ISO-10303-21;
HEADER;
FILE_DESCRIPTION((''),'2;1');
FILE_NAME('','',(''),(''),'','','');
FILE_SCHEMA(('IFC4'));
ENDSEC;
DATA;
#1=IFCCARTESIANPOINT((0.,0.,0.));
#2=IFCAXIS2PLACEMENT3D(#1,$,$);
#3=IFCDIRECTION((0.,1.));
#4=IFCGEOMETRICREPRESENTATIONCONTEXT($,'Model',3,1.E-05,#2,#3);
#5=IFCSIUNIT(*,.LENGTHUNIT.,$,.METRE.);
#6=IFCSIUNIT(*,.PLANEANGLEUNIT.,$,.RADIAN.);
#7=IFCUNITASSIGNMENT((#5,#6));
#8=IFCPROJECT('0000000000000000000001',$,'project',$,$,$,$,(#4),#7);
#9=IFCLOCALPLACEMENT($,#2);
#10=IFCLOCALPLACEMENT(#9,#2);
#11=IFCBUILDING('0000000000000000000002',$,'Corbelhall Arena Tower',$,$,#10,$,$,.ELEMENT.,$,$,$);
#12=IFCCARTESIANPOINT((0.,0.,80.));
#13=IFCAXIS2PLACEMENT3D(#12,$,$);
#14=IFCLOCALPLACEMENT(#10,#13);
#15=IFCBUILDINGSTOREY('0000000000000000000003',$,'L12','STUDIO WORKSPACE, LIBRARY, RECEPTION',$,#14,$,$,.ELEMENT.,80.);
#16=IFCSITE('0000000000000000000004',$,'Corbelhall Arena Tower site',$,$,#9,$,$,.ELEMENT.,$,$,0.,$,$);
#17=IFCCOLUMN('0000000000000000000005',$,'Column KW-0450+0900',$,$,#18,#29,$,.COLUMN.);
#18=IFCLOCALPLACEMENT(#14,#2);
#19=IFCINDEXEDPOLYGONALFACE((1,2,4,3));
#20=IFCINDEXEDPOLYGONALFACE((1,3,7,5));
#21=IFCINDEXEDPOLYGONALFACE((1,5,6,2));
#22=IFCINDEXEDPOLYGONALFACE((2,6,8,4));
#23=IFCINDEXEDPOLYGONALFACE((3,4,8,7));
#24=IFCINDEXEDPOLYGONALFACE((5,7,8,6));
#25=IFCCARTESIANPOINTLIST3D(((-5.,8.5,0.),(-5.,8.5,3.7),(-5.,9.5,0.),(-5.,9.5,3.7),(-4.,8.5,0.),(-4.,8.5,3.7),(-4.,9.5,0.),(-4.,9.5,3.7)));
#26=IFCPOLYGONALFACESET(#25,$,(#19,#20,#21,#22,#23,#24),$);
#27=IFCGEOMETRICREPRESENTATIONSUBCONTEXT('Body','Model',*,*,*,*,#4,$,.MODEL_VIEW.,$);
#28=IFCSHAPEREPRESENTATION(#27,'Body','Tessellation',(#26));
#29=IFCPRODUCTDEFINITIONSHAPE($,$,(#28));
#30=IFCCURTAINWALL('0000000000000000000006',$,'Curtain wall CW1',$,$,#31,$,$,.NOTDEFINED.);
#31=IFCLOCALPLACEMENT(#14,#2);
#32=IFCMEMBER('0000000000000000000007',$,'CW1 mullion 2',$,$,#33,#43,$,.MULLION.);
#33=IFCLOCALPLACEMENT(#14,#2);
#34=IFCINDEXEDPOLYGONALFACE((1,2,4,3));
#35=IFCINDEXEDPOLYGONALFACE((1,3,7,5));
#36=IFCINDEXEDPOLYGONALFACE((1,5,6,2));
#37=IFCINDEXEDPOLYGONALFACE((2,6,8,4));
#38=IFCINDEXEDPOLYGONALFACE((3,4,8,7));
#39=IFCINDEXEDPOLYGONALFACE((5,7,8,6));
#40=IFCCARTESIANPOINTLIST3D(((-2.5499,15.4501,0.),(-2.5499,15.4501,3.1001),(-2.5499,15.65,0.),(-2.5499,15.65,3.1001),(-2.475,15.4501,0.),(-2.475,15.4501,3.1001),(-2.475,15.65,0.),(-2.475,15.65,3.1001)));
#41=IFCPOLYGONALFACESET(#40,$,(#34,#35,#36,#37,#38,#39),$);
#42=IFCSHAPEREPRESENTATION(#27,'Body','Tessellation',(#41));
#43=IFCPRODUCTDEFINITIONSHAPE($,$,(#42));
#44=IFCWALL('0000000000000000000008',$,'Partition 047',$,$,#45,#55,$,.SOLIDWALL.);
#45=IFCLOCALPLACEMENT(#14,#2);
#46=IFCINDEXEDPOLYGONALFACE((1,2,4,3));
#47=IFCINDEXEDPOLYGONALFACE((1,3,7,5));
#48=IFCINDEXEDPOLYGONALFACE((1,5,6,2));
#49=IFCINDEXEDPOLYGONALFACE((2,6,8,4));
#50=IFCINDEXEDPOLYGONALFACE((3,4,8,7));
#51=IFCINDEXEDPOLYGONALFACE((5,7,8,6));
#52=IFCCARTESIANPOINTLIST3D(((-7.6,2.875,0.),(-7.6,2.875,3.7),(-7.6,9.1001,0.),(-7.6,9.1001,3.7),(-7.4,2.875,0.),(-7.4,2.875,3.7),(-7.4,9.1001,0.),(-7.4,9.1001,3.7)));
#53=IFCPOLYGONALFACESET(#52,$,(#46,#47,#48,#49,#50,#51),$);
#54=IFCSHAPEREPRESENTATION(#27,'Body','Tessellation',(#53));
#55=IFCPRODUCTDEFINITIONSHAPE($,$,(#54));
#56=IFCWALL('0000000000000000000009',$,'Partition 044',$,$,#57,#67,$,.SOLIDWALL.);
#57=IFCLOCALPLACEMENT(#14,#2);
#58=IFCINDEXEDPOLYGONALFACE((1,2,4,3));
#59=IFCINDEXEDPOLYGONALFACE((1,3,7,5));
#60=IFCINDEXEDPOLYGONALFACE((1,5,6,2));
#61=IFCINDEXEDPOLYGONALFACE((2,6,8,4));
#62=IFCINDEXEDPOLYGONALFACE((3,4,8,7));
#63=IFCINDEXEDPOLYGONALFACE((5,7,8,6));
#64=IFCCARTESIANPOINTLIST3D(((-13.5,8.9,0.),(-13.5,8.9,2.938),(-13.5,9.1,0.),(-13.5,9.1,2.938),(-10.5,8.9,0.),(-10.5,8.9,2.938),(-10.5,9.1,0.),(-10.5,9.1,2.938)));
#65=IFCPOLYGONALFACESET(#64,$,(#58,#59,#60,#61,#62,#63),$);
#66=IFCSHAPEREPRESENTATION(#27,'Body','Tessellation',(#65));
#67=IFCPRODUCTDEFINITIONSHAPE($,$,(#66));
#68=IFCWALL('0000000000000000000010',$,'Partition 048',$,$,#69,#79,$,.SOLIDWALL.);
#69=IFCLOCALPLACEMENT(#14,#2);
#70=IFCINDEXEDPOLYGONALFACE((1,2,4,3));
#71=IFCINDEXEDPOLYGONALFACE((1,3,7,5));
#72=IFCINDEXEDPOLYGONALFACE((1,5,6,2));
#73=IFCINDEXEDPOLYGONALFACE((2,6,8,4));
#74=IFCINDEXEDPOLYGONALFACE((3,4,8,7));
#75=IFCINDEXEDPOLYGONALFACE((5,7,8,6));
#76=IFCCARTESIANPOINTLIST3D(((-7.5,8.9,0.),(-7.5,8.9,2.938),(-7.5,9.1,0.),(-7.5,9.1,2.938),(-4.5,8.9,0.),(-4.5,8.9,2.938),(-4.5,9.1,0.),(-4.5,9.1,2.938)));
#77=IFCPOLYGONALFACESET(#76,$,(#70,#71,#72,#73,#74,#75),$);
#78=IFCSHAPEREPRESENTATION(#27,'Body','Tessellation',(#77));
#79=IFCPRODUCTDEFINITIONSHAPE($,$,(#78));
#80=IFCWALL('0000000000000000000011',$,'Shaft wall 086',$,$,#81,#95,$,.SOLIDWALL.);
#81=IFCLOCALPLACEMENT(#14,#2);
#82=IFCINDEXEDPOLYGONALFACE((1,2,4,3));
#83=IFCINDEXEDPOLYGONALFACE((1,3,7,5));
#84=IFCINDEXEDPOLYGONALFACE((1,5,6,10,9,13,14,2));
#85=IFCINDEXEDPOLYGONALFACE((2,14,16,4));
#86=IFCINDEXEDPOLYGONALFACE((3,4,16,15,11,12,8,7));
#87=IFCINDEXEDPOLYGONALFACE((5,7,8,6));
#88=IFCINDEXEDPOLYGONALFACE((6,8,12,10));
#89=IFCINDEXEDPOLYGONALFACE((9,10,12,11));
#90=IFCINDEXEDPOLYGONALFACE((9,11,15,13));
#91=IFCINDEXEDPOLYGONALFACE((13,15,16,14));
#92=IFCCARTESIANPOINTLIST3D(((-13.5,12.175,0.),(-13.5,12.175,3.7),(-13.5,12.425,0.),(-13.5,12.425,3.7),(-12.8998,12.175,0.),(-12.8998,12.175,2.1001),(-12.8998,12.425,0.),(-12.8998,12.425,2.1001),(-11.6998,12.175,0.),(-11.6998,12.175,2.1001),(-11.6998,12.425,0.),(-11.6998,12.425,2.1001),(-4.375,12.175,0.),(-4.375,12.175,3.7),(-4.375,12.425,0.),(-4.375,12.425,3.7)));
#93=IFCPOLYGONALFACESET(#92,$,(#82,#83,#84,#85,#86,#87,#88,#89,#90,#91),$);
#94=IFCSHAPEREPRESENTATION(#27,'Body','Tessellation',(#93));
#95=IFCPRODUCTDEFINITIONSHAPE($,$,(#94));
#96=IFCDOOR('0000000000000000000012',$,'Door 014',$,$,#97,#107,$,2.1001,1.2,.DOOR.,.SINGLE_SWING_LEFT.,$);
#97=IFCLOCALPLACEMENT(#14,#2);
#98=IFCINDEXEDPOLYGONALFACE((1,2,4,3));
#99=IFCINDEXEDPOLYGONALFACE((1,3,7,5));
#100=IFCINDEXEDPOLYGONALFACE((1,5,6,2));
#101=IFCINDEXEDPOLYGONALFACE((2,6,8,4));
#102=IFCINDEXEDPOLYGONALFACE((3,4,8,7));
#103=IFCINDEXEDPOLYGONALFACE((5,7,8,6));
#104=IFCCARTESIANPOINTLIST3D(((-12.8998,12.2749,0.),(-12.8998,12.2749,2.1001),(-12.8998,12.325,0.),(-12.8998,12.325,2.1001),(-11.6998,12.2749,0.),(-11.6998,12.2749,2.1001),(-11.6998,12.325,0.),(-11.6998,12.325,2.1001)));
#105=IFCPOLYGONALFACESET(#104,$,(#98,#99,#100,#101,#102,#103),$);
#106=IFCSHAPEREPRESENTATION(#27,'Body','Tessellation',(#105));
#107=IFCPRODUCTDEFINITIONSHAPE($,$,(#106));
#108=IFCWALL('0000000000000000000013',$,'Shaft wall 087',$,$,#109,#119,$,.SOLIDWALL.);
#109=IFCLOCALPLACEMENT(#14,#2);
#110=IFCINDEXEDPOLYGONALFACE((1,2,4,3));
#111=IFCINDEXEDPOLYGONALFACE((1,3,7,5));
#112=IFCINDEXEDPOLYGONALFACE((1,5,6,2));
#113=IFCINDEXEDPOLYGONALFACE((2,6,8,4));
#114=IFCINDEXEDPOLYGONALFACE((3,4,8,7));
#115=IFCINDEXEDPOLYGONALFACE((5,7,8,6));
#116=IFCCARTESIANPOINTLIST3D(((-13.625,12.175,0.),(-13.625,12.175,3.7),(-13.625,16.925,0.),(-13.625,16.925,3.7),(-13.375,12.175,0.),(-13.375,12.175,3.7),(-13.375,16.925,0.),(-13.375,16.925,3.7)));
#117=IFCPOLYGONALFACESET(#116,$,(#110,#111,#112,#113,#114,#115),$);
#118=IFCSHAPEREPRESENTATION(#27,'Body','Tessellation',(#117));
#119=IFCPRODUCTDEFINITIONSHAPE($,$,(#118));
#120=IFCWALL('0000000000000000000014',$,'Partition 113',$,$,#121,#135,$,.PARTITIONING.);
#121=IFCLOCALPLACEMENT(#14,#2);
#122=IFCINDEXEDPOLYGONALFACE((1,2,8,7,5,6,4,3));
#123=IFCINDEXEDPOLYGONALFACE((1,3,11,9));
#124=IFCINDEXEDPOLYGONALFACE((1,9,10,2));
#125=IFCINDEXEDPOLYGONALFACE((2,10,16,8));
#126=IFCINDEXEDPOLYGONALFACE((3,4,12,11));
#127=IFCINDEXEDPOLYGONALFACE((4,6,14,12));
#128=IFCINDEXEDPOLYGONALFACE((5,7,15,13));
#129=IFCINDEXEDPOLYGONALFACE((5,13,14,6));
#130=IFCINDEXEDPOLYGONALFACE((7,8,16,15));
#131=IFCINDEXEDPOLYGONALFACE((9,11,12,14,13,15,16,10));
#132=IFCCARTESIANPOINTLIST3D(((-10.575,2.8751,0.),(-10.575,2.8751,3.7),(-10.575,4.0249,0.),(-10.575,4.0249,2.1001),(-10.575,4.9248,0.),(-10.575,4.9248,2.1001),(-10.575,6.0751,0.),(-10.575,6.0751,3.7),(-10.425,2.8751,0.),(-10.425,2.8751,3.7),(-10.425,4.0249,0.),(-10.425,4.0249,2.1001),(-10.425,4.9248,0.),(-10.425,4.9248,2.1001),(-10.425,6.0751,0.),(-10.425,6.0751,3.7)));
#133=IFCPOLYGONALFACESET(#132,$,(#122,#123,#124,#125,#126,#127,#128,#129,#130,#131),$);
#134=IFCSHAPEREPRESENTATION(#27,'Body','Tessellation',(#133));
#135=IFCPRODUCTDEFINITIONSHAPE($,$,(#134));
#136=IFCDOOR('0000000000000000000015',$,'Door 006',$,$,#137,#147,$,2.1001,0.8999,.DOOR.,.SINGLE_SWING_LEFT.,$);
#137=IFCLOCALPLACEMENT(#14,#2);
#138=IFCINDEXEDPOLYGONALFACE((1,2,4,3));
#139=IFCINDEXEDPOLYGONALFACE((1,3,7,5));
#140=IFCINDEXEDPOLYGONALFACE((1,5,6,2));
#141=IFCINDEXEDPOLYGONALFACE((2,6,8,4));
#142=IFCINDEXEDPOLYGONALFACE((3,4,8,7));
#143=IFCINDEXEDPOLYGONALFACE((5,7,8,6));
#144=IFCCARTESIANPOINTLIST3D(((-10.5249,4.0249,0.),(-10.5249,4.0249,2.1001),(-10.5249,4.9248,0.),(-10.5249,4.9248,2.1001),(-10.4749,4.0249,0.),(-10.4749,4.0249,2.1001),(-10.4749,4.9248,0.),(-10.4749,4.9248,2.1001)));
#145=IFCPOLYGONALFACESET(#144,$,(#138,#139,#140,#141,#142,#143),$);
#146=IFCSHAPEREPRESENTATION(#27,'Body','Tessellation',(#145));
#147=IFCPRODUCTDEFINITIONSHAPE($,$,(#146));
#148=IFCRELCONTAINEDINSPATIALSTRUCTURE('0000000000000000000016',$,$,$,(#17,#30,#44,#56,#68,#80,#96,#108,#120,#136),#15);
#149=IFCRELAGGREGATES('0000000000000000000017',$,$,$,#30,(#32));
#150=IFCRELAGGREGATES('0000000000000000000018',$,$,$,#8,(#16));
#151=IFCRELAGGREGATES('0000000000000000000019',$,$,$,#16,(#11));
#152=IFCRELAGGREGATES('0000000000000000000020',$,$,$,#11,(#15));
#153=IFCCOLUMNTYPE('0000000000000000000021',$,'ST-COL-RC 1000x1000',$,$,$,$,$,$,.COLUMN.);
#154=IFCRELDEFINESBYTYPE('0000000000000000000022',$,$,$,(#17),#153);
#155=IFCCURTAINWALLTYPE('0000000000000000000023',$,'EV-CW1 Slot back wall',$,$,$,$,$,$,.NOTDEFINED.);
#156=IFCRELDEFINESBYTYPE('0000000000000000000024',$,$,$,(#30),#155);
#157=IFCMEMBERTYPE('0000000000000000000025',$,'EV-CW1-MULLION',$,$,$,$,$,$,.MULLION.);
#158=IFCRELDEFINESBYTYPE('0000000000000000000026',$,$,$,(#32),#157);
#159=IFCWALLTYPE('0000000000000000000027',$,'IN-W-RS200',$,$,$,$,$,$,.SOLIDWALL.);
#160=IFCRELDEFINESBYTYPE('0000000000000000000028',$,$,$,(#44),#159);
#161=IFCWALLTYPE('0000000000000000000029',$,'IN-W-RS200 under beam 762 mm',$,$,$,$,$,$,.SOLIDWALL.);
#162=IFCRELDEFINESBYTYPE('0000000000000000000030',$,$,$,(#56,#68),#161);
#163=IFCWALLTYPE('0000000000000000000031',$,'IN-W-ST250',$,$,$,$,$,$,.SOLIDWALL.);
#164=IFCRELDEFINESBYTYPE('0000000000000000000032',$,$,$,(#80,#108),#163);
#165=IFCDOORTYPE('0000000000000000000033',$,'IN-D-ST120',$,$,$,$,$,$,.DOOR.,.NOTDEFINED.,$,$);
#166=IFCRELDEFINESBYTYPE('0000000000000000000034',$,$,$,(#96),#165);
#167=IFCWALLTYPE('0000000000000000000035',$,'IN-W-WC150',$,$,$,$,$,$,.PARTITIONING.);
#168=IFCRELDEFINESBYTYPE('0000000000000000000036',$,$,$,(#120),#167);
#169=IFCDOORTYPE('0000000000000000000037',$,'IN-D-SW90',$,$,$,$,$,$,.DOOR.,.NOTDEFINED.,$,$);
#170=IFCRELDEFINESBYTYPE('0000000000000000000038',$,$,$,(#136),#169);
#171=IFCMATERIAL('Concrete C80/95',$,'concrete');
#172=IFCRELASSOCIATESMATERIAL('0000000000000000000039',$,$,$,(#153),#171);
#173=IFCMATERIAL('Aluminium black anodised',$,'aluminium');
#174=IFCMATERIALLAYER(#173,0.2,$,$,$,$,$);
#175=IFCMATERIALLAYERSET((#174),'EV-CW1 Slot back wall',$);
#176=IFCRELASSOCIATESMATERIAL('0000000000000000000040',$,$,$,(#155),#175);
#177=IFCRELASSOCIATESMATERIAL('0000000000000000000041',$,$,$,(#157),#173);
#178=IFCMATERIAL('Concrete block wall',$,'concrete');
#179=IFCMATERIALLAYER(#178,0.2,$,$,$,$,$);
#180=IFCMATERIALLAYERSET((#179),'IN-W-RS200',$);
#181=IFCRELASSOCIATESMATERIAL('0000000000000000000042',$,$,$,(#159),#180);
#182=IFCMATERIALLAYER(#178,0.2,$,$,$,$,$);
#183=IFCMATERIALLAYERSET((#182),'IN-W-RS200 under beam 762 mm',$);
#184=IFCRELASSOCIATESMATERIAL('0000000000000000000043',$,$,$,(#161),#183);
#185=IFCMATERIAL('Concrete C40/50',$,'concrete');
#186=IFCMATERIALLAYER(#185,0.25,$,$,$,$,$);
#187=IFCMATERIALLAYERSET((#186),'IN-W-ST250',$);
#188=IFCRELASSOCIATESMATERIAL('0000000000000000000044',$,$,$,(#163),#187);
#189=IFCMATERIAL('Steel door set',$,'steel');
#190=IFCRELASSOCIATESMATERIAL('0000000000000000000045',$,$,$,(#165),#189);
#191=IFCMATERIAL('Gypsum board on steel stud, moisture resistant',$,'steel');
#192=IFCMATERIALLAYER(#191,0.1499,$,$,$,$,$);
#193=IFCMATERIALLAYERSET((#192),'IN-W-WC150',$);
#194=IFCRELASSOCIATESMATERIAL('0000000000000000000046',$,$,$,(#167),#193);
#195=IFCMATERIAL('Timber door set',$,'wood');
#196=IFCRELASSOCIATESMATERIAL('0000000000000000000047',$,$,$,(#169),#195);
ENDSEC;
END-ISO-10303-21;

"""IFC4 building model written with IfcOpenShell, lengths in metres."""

from ifc_helpers import new_model, si_unit, direction, frame, frame_2d, origin, origin_2d, place, context, subcontext, project, spatial, rectangle, extrude, material, layer, layer_set, material_profile, profile_set, type_object, element, fill, aggregate, save


model = new_model("IFC4")

# Units and contexts
model_context = context("Model", 3, precision=1e-05, world=origin(), true_north=direction((0.0, 1.0)))
body_context = subcontext(model_context, "Body", "Model", "MODEL_VIEW")
ifc_project = project(units=[si_unit("LENGTHUNIT", "METRE"), si_unit("PLANEANGLEUNIT", "RADIAN")], contexts=[model_context])

# Site, building, storey
site_placement = place(None, origin())
site = spatial("IfcSite", under=ifc_project, at=site_placement, Name="Corbelhall Arena Tower site", CompositionType="ELEMENT", RefElevation=0.0)
building_placement = place(site_placement, origin())
building = spatial("IfcBuilding", under=site, at=building_placement, Name="Corbelhall Arena Tower", CompositionType="ELEMENT")
storey_placement = place(building_placement, frame((0.0, 0.0, 80.0)))
storey = spatial("IfcBuildingStorey", under=building, at=storey_placement, Name="L12", Description="STUDIO WORKSPACE, LIBRARY, RECEPTION", CompositionType="ELEMENT", Elevation=80.0)

# Column
ifc_material_1 = material(Name="Concrete C80/95", Category="concrete")
ifc_material_profile_1 = material_profile(ifc_material_1, rectangle(XDim=1.0, YDim=1.0, at=origin_2d()))
ifc_profile_set_1 = profile_set([ifc_material_profile_1], Name="Concrete C80/95")
column_type = type_object("IfcColumnType", Name="ST-COL-RC 1000x1000", PredefinedType="COLUMN", material=ifc_profile_set_1)
column_placement = place(storey_placement, frame((-4.5, 9.0, 0.0), z_axis=(0.0, 0.0, 1.0), x_axis=(1.0, 0.0, 0.0)))
element("IfcColumn", 1, at=column_placement, inside=storey, type_object=column_type, Name="Column KW-0450+0900", PredefinedType="COLUMN", context=body_context, shape_type="SweptSolid", body=[
    extrude(rectangle(XDim=1.0, YDim=1.0, at=origin_2d()), origin(), (0.0, 0.0, 1.0), 3.7),
])

# Curtain wall, member
ifc_material_2 = material(Name="Aluminium black anodised", Category="aluminium")
ifc_layer_1 = layer(ifc_material_2, 0.2)
ifc_layer_set_1 = layer_set([ifc_layer_1], Name="EV-CW1 Slot back wall")
curtain_wall_type = type_object("IfcCurtainWallType", Name="EV-CW1 Slot back wall", PredefinedType="NOTDEFINED", material=ifc_layer_set_1)
curtain_wall_placement = place(storey_placement, origin())
curtain_wall = element("IfcCurtainWall", 2, at=curtain_wall_placement, inside=storey, type_object=curtain_wall_type, Name="Curtain wall CW1", PredefinedType="NOTDEFINED")
ifc_material_profile_2 = material_profile(ifc_material_2, rectangle(XDim=0.2, YDim=0.075, at=origin_2d()))
ifc_profile_set_2 = profile_set([ifc_material_profile_2], Name="Aluminium black anodised")
member_type = type_object("IfcMemberType", Name="EV-CW1-MULLION", PredefinedType="MULLION", material=ifc_profile_set_2)
member_placement = place(storey_placement, frame((-2.5125, 15.55, 0.0), z_axis=(0.0, 0.0, 1.0), x_axis=(0.0, -1.0, 0.0)))
member = element("IfcMember", 3, at=member_placement, type_object=member_type, Name="CW1 mullion 2", PredefinedType="MULLION", context=body_context, shape_type="SweptSolid", body=[
    extrude(rectangle(XDim=0.2, YDim=0.075, at=origin_2d()), origin(), (0.0, 0.0, 1.0), 3.1001),
])
aggregate(curtain_wall, [member])

# Shared definitions
ifc_material_3 = material(Name="Concrete block wall", Category="concrete")
ifc_layer_2 = layer(ifc_material_3, 0.2)
ifc_layer_set_2 = layer_set([ifc_layer_2], Name="IN-W-RS200")
wall_type_1 = type_object("IfcWallType", Name="IN-W-RS200", PredefinedType="SOLIDWALL", material=ifc_layer_set_2)
ifc_material_4 = material(Name="Steel door set", Category="steel")

# Walls
wall_1_placement = place(storey_placement, frame((-7.5, 2.875, 0.0), z_axis=(0.0, 0.0, 1.0), x_axis=(0.0, 1.0, 0.0)))
element("IfcWall", 4, at=wall_1_placement, inside=storey, type_object=wall_type_1, Name="Partition 047", PredefinedType="SOLIDWALL", context=body_context, shape_type="SweptSolid", body=[
    extrude(rectangle(XDim=6.2251, YDim=0.2, at=frame_2d((3.1125, 0.0))), origin(), (0.0, 0.0, 1.0), 3.7),
])
ifc_layer_3 = layer(ifc_material_3, 0.2)
ifc_layer_set_3 = layer_set([ifc_layer_3], Name="IN-W-RS200 under beam 762 mm")
wall_type_2 = type_object("IfcWallType", Name="IN-W-RS200 under beam 762 mm", PredefinedType="SOLIDWALL", material=ifc_layer_set_3)
for number, where, z_axis, x_axis, name in (
    (5, (-13.5, 9.0, 0.0), (0.0, 0.0, 1.0), (1.0, 0.0, 0.0), "Partition 044"),
    (6, (-7.5, 9.0, 0.0), (0.0, 0.0, 1.0), (1.0, 0.0, 0.0), "Partition 048"),
):
    element("IfcWall", number, at=place(storey_placement, frame(where, z_axis=z_axis, x_axis=x_axis)), inside=storey, type_object=wall_type_2, Name=name, PredefinedType="SOLIDWALL", context=body_context, shape_type="SweptSolid", body=[
        extrude(rectangle(XDim=3.0, YDim=0.2, at=frame_2d((1.5, 0.0))), origin(), (0.0, 0.0, 1.0), 2.938),
    ])

# Wall, opening, door
ifc_material_5 = material(Name="Concrete C40/50", Category="concrete")
ifc_layer_4 = layer(ifc_material_5, 0.25)
ifc_layer_set_4 = layer_set([ifc_layer_4], Name="IN-W-ST250")
wall_type_3 = type_object("IfcWallType", Name="IN-W-ST250", PredefinedType="SOLIDWALL", material=ifc_layer_set_4)
wall_2_placement = place(storey_placement, frame((-13.5, 12.3, 0.0), z_axis=(0.0, 0.0, 1.0), x_axis=(1.0, 0.0, 0.0)))
wall_2 = element("IfcWall", 7, at=wall_2_placement, inside=storey, type_object=wall_type_3, Name="Shaft wall 086", PredefinedType="SOLIDWALL", context=body_context, shape_type="SweptSolid", body=[
    extrude(rectangle(XDim=9.125, YDim=0.25, at=frame_2d((4.5625, 0.0))), origin(), (0.0, 0.0, 1.0), 3.7),
])
opening_1_placement = place(wall_2_placement, frame((0.6001, 0.0, 0.0)))
opening_1 = element("IfcOpeningElement", 8, at=opening_1_placement, cuts=wall_2, PredefinedType="OPENING", context=body_context, shape_type="SweptSolid", body=[
    extrude(rectangle(XDim=1.2, YDim=2.1001, at=frame_2d((0.6001, 1.05))), frame((0.0, 0.125, 0.0), z_axis=(0.0, -1.0, 0.0), x_axis=(1.0, 0.0, 0.0)), (0.0, 0.0, 1.0), 0.25),
])
door_type_1 = type_object("IfcDoorType", Name="IN-D-ST120", OperationType="NOTDEFINED", PredefinedType="DOOR", material=ifc_material_4)
door_1_placement = place(opening_1_placement, origin())
door_1 = element("IfcDoor", 9, at=door_1_placement, inside=storey, type_object=door_type_1, Name="Door 014", OperationType="SINGLE_SWING_LEFT", OverallHeight=2.1001, OverallWidth=1.2, PredefinedType="DOOR", context=body_context, shape_type="SweptSolid", body=[
    extrude(rectangle(XDim=1.2, YDim=2.1001, at=frame_2d((0.6001, 1.05))), frame((0.0, 0.0249, 0.0), z_axis=(0.0, -1.0, 0.0), x_axis=(1.0, 0.0, 0.0)), (0.0, 0.0, 1.0), 0.05),
])
fill(opening_1, door_1)

# Wall
wall_3_placement = place(storey_placement, frame((-13.5, 12.175, 0.0), z_axis=(0.0, 0.0, 1.0), x_axis=(0.0, 1.0, 0.0)))
element("IfcWall", 10, at=wall_3_placement, inside=storey, type_object=wall_type_3, Name="Shaft wall 087", PredefinedType="SOLIDWALL", context=body_context, shape_type="SweptSolid", body=[
    extrude(rectangle(XDim=4.75, YDim=0.25, at=frame_2d((2.375, 0.0))), origin(), (0.0, 0.0, 1.0), 3.7),
])

# Wall, opening, door
ifc_material_6 = material(Name="Gypsum board on steel stud, moisture resistant", Category="steel")
ifc_layer_5 = layer(ifc_material_6, 0.1499)
ifc_layer_set_5 = layer_set([ifc_layer_5], Name="IN-W-WC150")
wall_type_4 = type_object("IfcWallType", Name="IN-W-WC150", PredefinedType="PARTITIONING", material=ifc_layer_set_5)
wall_4_placement = place(storey_placement, frame((-10.5, 2.875, 0.0), z_axis=(0.0, 0.0, 1.0), x_axis=(0.0, 1.0, 0.0)))
wall_4 = element("IfcWall", 11, at=wall_4_placement, inside=storey, type_object=wall_type_4, Name="Partition 113", PredefinedType="PARTITIONING", context=body_context, shape_type="SweptSolid", body=[
    extrude(rectangle(XDim=3.2, YDim=0.1499, at=frame_2d((1.6001, 0.0))), origin(), (0.0, 0.0, 1.0), 3.7),
])
opening_2_placement = place(wall_4_placement, frame((1.1499, 0.0, 0.0)))
opening_2 = element("IfcOpeningElement", 12, at=opening_2_placement, cuts=wall_4, PredefinedType="OPENING", context=body_context, shape_type="SweptSolid", body=[
    extrude(rectangle(XDim=0.8999, YDim=2.1001, at=frame_2d((0.45, 1.05))), frame((0.0, 0.075, 0.0), z_axis=(0.0, -1.0, 0.0), x_axis=(1.0, 0.0, 0.0)), (0.0, 0.0, 1.0), 0.1499),
])
ifc_material_7 = material(Name="Timber door set", Category="wood")
door_type_2 = type_object("IfcDoorType", Name="IN-D-SW90", OperationType="NOTDEFINED", PredefinedType="DOOR", material=ifc_material_7)
door_2_placement = place(opening_2_placement, origin())
door_2 = element("IfcDoor", 13, at=door_2_placement, inside=storey, type_object=door_type_2, Name="Door 006", OperationType="SINGLE_SWING_LEFT", OverallHeight=2.1001, OverallWidth=0.8999, PredefinedType="DOOR", context=body_context, shape_type="SweptSolid", body=[
    extrude(rectangle(XDim=0.8999, YDim=2.1001, at=frame_2d((0.45, 1.05))), frame((0.0, 0.0249, 0.0), z_axis=(0.0, -1.0, 0.0), x_axis=(1.0, 0.0, 0.0)), (0.0, 0.0, 1.0), 0.05),
])
fill(opening_2, door_2)

save(model, "model.ifc")
